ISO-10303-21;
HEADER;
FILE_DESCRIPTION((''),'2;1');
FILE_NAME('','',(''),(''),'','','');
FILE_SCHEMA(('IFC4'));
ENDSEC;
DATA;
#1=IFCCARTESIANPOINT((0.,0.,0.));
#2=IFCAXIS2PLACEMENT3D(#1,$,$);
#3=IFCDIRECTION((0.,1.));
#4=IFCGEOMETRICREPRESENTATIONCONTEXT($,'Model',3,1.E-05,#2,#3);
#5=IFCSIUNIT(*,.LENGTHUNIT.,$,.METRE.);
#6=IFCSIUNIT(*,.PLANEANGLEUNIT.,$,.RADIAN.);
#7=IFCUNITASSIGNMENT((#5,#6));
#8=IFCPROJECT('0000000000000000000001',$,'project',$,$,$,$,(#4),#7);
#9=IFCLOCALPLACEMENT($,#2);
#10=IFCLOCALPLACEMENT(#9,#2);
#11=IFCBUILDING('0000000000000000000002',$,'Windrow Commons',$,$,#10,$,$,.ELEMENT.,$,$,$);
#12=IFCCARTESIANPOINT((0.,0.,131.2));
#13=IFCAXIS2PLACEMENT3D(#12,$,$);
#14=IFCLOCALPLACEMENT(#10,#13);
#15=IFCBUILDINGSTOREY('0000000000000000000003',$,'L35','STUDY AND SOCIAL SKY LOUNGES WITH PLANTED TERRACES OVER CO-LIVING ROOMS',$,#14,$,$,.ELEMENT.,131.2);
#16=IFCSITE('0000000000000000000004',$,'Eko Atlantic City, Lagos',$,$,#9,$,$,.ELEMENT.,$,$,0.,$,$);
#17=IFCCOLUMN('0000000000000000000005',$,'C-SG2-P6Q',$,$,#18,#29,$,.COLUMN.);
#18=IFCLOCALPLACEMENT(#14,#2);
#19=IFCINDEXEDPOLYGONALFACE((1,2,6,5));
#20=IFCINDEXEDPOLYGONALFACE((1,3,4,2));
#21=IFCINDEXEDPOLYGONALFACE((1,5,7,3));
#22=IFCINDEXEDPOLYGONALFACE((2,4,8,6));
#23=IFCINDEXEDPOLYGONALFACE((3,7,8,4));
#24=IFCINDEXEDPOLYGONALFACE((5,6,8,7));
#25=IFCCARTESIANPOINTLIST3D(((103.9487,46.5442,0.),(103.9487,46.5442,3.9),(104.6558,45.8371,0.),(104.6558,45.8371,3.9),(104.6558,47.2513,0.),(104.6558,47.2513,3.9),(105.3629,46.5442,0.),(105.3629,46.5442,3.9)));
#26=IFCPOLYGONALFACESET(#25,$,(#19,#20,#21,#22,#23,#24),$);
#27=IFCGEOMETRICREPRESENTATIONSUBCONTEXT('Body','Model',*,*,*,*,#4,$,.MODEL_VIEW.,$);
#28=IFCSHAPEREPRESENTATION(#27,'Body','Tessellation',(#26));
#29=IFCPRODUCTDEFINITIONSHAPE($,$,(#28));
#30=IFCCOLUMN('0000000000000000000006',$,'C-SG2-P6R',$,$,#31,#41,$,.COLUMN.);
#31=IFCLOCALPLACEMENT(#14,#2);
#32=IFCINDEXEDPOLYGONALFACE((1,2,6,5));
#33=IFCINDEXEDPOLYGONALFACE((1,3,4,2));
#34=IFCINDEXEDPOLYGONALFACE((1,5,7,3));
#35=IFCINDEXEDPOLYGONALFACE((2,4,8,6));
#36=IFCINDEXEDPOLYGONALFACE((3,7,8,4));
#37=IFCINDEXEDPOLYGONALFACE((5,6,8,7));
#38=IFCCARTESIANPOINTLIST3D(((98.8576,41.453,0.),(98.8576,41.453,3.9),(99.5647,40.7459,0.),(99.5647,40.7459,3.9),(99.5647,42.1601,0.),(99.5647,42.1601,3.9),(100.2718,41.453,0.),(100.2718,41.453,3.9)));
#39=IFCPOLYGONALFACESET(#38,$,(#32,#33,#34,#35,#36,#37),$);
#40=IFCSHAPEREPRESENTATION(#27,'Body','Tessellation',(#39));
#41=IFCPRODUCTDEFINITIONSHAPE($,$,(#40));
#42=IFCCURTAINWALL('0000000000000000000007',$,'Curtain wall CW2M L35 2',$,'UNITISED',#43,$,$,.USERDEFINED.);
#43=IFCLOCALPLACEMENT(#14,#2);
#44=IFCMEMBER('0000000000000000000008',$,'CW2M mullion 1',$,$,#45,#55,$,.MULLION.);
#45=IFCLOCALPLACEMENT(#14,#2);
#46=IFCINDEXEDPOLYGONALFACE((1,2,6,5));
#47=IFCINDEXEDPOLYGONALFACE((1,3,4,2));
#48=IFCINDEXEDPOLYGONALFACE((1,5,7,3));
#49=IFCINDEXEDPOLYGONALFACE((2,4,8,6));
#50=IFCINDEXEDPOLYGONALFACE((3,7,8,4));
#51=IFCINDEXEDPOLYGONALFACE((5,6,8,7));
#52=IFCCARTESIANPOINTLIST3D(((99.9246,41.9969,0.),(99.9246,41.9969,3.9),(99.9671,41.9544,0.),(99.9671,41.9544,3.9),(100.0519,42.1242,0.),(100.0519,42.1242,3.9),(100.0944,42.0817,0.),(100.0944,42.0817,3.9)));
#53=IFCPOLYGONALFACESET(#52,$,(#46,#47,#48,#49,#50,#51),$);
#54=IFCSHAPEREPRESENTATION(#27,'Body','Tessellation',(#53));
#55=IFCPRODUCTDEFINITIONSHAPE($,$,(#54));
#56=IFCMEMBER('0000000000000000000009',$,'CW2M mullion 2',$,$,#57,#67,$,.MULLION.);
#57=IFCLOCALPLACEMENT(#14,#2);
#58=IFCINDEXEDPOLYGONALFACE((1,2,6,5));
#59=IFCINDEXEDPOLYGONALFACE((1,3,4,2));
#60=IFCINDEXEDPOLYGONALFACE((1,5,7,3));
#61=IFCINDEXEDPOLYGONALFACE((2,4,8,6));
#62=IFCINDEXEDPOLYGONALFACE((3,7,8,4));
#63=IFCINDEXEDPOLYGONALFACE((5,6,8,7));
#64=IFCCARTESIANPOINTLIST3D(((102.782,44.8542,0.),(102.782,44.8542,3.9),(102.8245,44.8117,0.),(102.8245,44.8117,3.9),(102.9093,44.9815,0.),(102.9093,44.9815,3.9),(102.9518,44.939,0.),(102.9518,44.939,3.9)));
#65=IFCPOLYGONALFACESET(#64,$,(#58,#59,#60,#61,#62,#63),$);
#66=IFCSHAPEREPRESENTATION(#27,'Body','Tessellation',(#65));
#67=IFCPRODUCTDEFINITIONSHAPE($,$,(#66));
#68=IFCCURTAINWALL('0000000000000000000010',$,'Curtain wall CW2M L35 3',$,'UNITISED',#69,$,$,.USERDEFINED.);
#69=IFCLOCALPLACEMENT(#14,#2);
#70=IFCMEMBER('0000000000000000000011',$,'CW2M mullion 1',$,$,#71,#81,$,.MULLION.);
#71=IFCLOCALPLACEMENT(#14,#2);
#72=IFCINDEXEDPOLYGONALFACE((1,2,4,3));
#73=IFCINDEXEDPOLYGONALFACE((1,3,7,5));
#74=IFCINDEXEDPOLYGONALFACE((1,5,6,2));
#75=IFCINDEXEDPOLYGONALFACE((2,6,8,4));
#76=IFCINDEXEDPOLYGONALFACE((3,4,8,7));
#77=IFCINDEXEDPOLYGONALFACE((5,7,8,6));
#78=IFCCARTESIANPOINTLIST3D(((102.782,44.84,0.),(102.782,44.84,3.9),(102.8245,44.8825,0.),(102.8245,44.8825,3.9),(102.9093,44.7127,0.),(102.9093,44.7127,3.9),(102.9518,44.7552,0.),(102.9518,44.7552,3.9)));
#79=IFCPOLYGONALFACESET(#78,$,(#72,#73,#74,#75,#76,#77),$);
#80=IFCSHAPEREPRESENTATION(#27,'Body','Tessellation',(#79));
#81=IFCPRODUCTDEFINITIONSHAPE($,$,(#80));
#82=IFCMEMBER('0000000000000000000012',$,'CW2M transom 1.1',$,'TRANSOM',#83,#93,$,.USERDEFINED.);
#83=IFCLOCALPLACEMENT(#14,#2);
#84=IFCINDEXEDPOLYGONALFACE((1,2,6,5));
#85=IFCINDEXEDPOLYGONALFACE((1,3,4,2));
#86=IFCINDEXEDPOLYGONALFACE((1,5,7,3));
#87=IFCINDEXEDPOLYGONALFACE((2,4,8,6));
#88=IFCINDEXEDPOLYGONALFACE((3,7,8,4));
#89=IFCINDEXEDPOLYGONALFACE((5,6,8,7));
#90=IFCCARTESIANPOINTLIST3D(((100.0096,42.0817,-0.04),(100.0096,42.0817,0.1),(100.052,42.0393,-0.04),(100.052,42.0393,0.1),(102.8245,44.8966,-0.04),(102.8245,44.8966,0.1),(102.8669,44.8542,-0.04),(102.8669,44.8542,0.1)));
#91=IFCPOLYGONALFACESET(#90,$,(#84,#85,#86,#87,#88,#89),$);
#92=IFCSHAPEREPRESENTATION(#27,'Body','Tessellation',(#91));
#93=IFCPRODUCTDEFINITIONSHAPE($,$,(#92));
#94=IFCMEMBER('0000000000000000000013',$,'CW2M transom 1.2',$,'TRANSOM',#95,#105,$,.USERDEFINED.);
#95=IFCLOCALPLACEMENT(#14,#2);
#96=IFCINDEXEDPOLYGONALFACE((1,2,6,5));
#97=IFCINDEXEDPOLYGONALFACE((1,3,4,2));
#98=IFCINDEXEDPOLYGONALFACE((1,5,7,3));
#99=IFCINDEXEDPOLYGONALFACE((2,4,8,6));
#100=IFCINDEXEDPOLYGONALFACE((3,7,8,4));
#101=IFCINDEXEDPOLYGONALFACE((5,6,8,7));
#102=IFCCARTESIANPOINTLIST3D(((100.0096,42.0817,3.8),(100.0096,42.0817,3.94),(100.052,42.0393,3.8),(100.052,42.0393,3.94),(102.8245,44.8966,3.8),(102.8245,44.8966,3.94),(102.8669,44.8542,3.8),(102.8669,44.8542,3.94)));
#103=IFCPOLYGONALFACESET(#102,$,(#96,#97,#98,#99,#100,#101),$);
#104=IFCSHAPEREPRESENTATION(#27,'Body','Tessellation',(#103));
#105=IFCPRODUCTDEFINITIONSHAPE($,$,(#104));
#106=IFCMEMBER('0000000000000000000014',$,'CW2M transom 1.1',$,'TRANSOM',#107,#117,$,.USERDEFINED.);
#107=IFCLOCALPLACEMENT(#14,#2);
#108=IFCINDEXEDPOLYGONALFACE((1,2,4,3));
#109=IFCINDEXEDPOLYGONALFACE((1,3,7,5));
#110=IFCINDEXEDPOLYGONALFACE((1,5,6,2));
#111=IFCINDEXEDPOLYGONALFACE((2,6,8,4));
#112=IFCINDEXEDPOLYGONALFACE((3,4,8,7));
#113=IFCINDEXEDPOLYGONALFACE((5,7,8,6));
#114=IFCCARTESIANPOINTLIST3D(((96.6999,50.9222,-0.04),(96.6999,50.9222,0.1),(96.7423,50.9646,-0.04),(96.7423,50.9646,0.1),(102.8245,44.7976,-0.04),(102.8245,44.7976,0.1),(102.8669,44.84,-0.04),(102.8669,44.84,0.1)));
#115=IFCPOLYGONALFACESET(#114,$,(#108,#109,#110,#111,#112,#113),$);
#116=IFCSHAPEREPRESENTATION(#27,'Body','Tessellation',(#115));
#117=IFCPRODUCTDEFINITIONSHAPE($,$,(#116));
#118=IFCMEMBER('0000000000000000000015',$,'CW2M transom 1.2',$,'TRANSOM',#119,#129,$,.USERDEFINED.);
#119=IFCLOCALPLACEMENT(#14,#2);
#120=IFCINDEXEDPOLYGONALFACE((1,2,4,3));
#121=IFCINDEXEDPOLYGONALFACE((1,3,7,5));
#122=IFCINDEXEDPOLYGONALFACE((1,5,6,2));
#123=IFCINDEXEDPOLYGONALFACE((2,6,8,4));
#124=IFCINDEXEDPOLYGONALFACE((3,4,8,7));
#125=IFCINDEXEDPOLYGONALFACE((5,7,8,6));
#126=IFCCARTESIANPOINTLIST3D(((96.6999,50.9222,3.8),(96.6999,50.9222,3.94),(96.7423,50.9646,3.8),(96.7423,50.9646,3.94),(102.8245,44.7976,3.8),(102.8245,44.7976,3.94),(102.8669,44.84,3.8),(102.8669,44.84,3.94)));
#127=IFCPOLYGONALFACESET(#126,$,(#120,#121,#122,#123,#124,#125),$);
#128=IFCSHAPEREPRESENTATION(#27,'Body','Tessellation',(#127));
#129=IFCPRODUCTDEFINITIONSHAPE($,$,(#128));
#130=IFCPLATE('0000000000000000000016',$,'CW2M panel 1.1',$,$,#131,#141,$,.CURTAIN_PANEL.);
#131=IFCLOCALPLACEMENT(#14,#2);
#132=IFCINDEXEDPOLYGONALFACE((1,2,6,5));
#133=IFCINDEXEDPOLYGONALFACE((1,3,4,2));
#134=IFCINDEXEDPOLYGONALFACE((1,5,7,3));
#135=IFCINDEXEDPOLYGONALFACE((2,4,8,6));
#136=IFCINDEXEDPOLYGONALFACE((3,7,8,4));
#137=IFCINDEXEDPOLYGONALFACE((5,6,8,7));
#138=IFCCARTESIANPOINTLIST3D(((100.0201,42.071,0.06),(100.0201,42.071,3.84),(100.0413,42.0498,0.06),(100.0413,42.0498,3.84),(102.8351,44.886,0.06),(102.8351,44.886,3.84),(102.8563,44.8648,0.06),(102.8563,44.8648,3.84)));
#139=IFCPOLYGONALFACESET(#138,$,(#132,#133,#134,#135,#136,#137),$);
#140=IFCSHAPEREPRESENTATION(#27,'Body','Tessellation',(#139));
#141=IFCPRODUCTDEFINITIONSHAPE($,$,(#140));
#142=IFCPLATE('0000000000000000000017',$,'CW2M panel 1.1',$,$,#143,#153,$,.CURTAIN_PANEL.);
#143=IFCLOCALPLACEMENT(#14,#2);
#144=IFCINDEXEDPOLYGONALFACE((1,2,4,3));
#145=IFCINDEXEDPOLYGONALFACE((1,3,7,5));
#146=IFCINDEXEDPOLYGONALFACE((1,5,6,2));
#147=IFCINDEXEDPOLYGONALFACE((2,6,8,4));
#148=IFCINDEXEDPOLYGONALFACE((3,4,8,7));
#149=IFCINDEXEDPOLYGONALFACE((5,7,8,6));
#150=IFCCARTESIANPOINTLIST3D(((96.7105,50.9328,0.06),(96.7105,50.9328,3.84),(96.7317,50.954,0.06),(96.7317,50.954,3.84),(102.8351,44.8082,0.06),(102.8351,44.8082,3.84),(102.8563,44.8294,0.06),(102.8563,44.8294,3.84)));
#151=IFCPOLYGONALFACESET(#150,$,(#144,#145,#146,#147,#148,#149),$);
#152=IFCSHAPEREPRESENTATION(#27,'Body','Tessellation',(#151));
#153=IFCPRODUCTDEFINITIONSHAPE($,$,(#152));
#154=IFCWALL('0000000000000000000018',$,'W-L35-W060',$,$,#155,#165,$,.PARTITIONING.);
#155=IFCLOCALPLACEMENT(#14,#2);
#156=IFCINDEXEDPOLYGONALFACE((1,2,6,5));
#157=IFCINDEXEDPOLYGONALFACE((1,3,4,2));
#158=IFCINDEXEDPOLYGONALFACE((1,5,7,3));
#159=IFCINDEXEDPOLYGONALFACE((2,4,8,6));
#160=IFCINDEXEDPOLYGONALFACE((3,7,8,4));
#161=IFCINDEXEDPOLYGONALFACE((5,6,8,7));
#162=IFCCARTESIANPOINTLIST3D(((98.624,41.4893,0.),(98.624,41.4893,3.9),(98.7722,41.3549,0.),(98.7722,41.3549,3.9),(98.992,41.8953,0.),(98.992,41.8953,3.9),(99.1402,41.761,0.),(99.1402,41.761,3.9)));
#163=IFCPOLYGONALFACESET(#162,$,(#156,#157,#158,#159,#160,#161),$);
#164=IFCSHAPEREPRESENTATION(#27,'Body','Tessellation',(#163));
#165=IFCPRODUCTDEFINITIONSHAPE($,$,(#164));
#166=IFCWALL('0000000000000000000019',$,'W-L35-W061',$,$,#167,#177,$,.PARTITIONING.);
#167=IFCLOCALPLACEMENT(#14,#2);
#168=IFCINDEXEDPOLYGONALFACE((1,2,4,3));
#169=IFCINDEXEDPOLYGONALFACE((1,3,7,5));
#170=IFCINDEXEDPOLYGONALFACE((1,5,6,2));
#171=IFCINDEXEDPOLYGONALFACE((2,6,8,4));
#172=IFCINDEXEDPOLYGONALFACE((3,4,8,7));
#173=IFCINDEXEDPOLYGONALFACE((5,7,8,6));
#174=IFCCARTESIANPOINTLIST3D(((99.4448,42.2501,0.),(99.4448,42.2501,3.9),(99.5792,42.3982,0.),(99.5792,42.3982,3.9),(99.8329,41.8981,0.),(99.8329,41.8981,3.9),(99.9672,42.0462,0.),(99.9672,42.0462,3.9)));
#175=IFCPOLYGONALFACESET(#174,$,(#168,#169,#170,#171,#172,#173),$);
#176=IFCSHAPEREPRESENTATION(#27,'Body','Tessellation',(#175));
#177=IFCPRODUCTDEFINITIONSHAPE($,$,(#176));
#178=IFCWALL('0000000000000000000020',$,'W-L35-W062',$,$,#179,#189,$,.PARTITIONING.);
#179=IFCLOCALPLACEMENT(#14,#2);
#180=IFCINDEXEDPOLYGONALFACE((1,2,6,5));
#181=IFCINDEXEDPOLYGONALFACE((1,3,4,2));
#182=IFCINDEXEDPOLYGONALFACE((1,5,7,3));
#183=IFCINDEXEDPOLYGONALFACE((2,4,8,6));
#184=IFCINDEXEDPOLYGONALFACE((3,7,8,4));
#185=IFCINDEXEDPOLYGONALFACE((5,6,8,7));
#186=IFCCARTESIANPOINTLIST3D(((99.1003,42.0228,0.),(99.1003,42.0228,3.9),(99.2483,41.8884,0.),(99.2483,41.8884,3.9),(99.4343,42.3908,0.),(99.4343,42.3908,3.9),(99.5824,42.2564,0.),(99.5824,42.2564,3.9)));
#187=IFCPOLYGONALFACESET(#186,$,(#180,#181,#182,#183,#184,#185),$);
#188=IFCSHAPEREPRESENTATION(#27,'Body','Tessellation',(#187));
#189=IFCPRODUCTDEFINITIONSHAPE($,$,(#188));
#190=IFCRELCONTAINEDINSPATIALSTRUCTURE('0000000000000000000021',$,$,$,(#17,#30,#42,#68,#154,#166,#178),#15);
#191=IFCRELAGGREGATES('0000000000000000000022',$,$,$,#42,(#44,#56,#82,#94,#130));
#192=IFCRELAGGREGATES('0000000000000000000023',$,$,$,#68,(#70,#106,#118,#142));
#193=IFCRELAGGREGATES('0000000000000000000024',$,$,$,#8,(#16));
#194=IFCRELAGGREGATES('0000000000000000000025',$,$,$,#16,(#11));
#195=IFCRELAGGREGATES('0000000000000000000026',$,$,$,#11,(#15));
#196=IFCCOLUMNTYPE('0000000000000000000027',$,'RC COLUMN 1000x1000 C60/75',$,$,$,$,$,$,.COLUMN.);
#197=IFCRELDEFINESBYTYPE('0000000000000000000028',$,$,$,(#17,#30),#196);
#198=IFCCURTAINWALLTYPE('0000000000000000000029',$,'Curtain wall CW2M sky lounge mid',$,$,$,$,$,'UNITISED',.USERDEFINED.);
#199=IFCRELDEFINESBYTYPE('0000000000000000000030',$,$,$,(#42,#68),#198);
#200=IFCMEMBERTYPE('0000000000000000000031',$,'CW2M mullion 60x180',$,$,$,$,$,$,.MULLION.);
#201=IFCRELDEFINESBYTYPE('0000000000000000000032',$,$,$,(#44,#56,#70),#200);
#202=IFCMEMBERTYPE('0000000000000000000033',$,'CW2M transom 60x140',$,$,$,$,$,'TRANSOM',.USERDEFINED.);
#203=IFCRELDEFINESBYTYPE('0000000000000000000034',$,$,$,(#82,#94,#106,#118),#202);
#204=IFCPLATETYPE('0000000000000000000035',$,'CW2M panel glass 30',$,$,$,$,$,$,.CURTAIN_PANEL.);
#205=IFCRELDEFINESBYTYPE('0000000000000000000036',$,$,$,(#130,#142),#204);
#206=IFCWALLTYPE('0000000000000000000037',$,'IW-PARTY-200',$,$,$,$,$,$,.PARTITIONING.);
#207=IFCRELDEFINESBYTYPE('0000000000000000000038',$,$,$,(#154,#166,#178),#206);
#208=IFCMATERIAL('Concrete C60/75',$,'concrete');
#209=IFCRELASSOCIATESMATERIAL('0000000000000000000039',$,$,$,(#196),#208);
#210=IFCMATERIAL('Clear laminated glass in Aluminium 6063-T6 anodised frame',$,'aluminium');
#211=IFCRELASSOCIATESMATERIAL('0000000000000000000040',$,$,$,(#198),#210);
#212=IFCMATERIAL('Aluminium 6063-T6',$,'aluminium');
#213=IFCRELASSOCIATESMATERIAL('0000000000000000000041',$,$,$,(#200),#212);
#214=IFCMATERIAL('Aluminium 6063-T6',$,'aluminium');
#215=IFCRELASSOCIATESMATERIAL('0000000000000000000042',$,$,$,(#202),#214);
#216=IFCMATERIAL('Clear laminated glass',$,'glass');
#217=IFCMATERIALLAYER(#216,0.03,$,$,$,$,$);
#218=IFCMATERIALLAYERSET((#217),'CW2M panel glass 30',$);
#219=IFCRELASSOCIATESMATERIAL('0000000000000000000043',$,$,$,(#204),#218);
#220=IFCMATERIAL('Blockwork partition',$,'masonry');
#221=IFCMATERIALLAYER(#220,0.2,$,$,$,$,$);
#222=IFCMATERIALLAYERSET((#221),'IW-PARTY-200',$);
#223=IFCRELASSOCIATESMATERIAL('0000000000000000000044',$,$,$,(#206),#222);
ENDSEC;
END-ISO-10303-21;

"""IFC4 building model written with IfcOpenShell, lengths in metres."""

from ifc_helpers import new_model, si_unit, direction, frame, frame_2d, origin, origin_2d, place, context, subcontext, project, spatial, rectangle, extrude, material, layer, layer_set, material_profile, profile_set, type_object, element, aggregate, save


model = new_model("IFC4")

# Units and contexts
model_context = context("Model", 3, precision=1e-05, world=origin(), true_north=direction((0.0, 1.0)))
body_context = subcontext(model_context, "Body", "Model", "MODEL_VIEW")
ifc_project = project(units=[si_unit("LENGTHUNIT", "METRE"), si_unit("PLANEANGLEUNIT", "RADIAN")], contexts=[model_context])

# Site, building, storey
site_placement = place(None, origin())
site = spatial("IfcSite", under=ifc_project, at=site_placement, Name="Eko Atlantic City, Lagos", CompositionType="ELEMENT", RefElevation=0.0)
building_placement = place(site_placement, origin())
building = spatial("IfcBuilding", under=site, at=building_placement, Name="Windrow Commons", CompositionType="ELEMENT")
storey_placement = place(building_placement, frame((0.0, 0.0, 131.2)))
storey = spatial("IfcBuildingStorey", under=building, at=storey_placement, Name="L35", Description="STUDY AND SOCIAL SKY LOUNGES WITH PLANTED TERRACES OVER CO-LIVING ROOMS", CompositionType="ELEMENT", Elevation=131.2)

# Columns
ifc_material_1 = material(Name="Concrete C60/75", Category="concrete")
ifc_material_profile_1 = material_profile(ifc_material_1, rectangle(XDim=1.0, YDim=1.0, at=origin_2d()))
ifc_profile_set_1 = profile_set([ifc_material_profile_1], Name="Concrete C60/75")
column_type = type_object("IfcColumnType", Name="RC COLUMN 1000x1000 C60/75", PredefinedType="COLUMN", material=ifc_profile_set_1)
for number, where, z_axis, x_axis, name in (
    (1, (104.6558, 46.5442, 0.0), (0.0, 0.0, 1.0), (0.707107, -0.707107, 0.0), "C-SG2-P6Q"),
    (2, (99.5647, 41.453, 0.0), (0.0, 0.0, 1.0), (0.707107, -0.707107, 0.0), "C-SG2-P6R"),
):
    element("IfcColumn", number, at=place(storey_placement, frame(where, z_axis=z_axis, x_axis=x_axis)), inside=storey, type_object=column_type, Name=name, PredefinedType="COLUMN", context=body_context, shape_type="SweptSolid", body=[
        extrude(rectangle(XDim=1.0, YDim=1.0, at=origin_2d()), origin(), (0.0, 0.0, 1.0), 3.9),
    ])

# Curtain wall, members
ifc_material_2 = material(Name="Clear laminated glass in Aluminium 6063-T6 anodised frame", Category="aluminium")
curtain_wall_type = type_object("IfcCurtainWallType", Name="Curtain wall CW2M sky lounge mid", ElementType="UNITISED", PredefinedType="USERDEFINED", material=ifc_material_2)
placement = place(storey_placement, origin())
curtain_wall_1 = element("IfcCurtainWall", 3, at=placement, inside=storey, type_object=curtain_wall_type, Name="Curtain wall CW2M L35 2", ObjectType="UNITISED", PredefinedType="USERDEFINED")
ifc_material_3 = material(Name="Aluminium 6063-T6", Category="aluminium")
ifc_material_profile_2 = material_profile(ifc_material_3, rectangle(XDim=0.06, YDim=0.18, at=origin_2d()))
ifc_profile_set_2 = profile_set([ifc_material_profile_2], Name="Aluminium 6063-T6")
member_type_1 = type_object("IfcMemberType", Name="CW2M mullion 60x180", PredefinedType="MULLION", material=ifc_profile_set_2)
member_1_placement = place(storey_placement, frame((100.0095, 42.0393, 0.0), z_axis=(0.0, 0.0, 1.0), x_axis=(-0.707107, 0.707107, 0.0)))
member_1 = element("IfcMember", 4, at=member_1_placement, type_object=member_type_1, Name="CW2M mullion 1", PredefinedType="MULLION", context=body_context, shape_type="SweptSolid", body=[
    extrude(rectangle(XDim=0.06, YDim=0.18, at=origin_2d()), origin(), (0.0, 0.0, 1.0), 3.9),
])
member_2_placement = place(storey_placement, frame((102.8669, 44.8966, 0.0), z_axis=(0.0, 0.0, 1.0), x_axis=(-0.707107, 0.707107, 0.0)))
member_2 = element("IfcMember", 5, at=member_2_placement, type_object=member_type_1, Name="CW2M mullion 2", PredefinedType="MULLION", context=body_context, shape_type="SweptSolid", body=[
    extrude(rectangle(XDim=0.06, YDim=0.18, at=origin_2d()), origin(), (0.0, 0.0, 1.0), 3.9),
])

# Curtain wall, member
curtain_wall_2 = element("IfcCurtainWall", 6, at=placement, inside=storey, type_object=curtain_wall_type, Name="Curtain wall CW2M L35 3", ObjectType="UNITISED", PredefinedType="USERDEFINED")
member_3_placement = place(storey_placement, frame((102.8669, 44.7976, 0.0), z_axis=(0.0, 0.0, 1.0), x_axis=(-0.707107, -0.707107, 0.0)))
member_3 = element("IfcMember", 7, at=member_3_placement, type_object=member_type_1, Name="CW2M mullion 1", PredefinedType="MULLION", context=body_context, shape_type="SweptSolid", body=[
    extrude(rectangle(XDim=0.06, YDim=0.18, at=origin_2d()), origin(), (0.0, 0.0, 1.0), 3.9),
])

# Members
ifc_material_4 = material(Name="Aluminium 6063-T6", Category="aluminium")
ifc_material_profile_3 = material_profile(ifc_material_4, rectangle(XDim=0.06, YDim=0.14, at=origin_2d()))
ifc_profile_set_3 = profile_set([ifc_material_profile_3], Name="Aluminium 6063-T6")
member_type_2 = type_object("IfcMemberType", Name="CW2M transom 60x140", ElementType="TRANSOM", PredefinedType="USERDEFINED", material=ifc_profile_set_3)
member_4_placement = place(storey_placement, frame((100.0308, 42.0605, 0.03), z_axis=(0.707107, 0.707107, 0.0), x_axis=(-0.707107, 0.707107, 0.0)))
member_4 = element("IfcMember", 8, at=member_4_placement, type_object=member_type_2, Name="CW2M transom 1.1", ObjectType="TRANSOM", PredefinedType="USERDEFINED", context=body_context, shape_type="SweptSolid", body=[
    extrude(rectangle(XDim=0.06, YDim=0.14, at=origin_2d()), origin(), (0.0, 0.0, 1.0), 3.9809),
])
member_5_placement = place(storey_placement, frame((100.0308, 42.0605, 3.87), z_axis=(0.707107, 0.707107, 0.0), x_axis=(-0.707107, 0.707107, 0.0)))
member_5 = element("IfcMember", 9, at=member_5_placement, type_object=member_type_2, Name="CW2M transom 1.2", ObjectType="TRANSOM", PredefinedType="USERDEFINED", context=body_context, shape_type="SweptSolid", body=[
    extrude(rectangle(XDim=0.06, YDim=0.14, at=origin_2d()), origin(), (0.0, 0.0, 1.0), 3.9809),
])
member_6_placement = place(storey_placement, frame((102.8457, 44.8188, 0.03), z_axis=(-0.707107, 0.707107, 0.0), x_axis=(-0.707107, -0.707107, 0.0)))
member_6 = element("IfcMember", 10, at=member_6_placement, type_object=member_type_2, Name="CW2M transom 1.1", ObjectType="TRANSOM", PredefinedType="USERDEFINED", context=body_context, shape_type="SweptSolid", body=[
    extrude(rectangle(XDim=0.06, YDim=0.14, at=origin_2d()), origin(), (0.0, 0.0, 1.0), 8.6615),
])
member_7_placement = place(storey_placement, frame((102.8457, 44.8188, 3.87), z_axis=(-0.707107, 0.707107, 0.0), x_axis=(-0.707107, -0.707107, 0.0)))
member_7 = element("IfcMember", 11, at=member_7_placement, type_object=member_type_2, Name="CW2M transom 1.2", ObjectType="TRANSOM", PredefinedType="USERDEFINED", context=body_context, shape_type="SweptSolid", body=[
    extrude(rectangle(XDim=0.06, YDim=0.14, at=origin_2d()), origin(), (0.0, 0.0, 1.0), 8.6615),
])

# Plates
ifc_material_5 = material(Name="Clear laminated glass", Category="glass")
ifc_layer_1 = layer(ifc_material_5, 0.03)
ifc_layer_set_1 = layer_set([ifc_layer_1], Name="CW2M panel glass 30")
plate_type = type_object("IfcPlateType", Name="CW2M panel glass 30", PredefinedType="CURTAIN_PANEL", material=ifc_layer_set_1)
plate_1_placement = place(storey_placement, frame((101.4382, 43.4679, 0.06), z_axis=(0.0, 0.0, 1.0), x_axis=(0.707107, 0.707107, 0.0)))
plate_1 = element("IfcPlate", 12, at=plate_1_placement, type_object=plate_type, Name="CW2M panel 1.1", PredefinedType="CURTAIN_PANEL", context=body_context, shape_type="SweptSolid", body=[
    extrude(rectangle(XDim=3.9809, YDim=0.03, at=origin_2d()), origin(), (0.0, 0.0, 1.0), 3.78),
])
aggregate(curtain_wall_1, [member_1, member_2, member_4, member_5, plate_1])
plate_2_placement = place(storey_placement, frame((99.7834, 47.8811, 0.06), z_axis=(0.0, 0.0, 1.0), x_axis=(-0.707107, 0.707107, 0.0)))
plate_2 = element("IfcPlate", 13, at=plate_2_placement, type_object=plate_type, Name="CW2M panel 1.1", PredefinedType="CURTAIN_PANEL", context=body_context, shape_type="SweptSolid", body=[
    extrude(rectangle(XDim=8.6615, YDim=0.03, at=origin_2d()), origin(), (0.0, 0.0, 1.0), 3.78),
])
aggregate(curtain_wall_2, [member_3, member_6, member_7, plate_2])

# Walls
ifc_material_6 = material(Name="Blockwork partition", Category="masonry")
ifc_layer_2 = layer(ifc_material_6, 0.2)
ifc_layer_set_2 = layer_set([ifc_layer_2], Name="IW-PARTY-200")
wall_type_1 = type_object("IfcWallType", Name="IW-PARTY-200", PredefinedType="PARTITIONING", material=ifc_layer_set_2)
wall_1_placement = place(storey_placement, frame((98.6981, 41.4221, 0.0), z_axis=(0.0, 0.0, 1.0), x_axis=(0.671582, 0.74093, 0.0)))
element("IfcWall", 14, at=wall_1_placement, inside=storey, type_object=wall_type_1, Name="W-L35-W060", PredefinedType="PARTITIONING", context=body_context, shape_type="SweptSolid", body=[
    extrude(rectangle(XDim=0.548, YDim=0.2, at=frame_2d((0.274, 0.0))), origin(), (0.0, 0.0, 1.0), 3.9),
])
wall_2_placement = place(storey_placement, frame((99.512, 42.3242, 0.0), z_axis=(0.0, 0.0, 1.0), x_axis=(0.740631, -0.671912, 0.0)))
element("IfcWall", 15, at=wall_2_placement, inside=storey, type_object=wall_type_1, Name="W-L35-W061", PredefinedType="PARTITIONING", context=body_context, shape_type="SweptSolid", body=[
    extrude(rectangle(XDim=0.5239, YDim=0.2, at=frame_2d((0.262, 0.0))), origin(), (0.0, 0.0, 1.0), 3.9),
])
for number, where, z_axis, x_axis, name in (
    (16, (99.1743, 41.9556, 0.0), (0.0, 0.0, 1.0), (0.672072, 0.740486, 0.0), "W-L35-W062"),
):
    element("IfcWall", number, at=place(storey_placement, frame(where, z_axis=z_axis, x_axis=x_axis)), inside=storey, type_object=wall_type_1, Name=name, PredefinedType="PARTITIONING", context=body_context, shape_type="SweptSolid", body=[
        extrude(rectangle(XDim=0.497, YDim=0.2, at=frame_2d((0.2485, 0.0))), origin(), (0.0, 0.0, 1.0), 3.9),
    ])

save(model, "model.ifc")
